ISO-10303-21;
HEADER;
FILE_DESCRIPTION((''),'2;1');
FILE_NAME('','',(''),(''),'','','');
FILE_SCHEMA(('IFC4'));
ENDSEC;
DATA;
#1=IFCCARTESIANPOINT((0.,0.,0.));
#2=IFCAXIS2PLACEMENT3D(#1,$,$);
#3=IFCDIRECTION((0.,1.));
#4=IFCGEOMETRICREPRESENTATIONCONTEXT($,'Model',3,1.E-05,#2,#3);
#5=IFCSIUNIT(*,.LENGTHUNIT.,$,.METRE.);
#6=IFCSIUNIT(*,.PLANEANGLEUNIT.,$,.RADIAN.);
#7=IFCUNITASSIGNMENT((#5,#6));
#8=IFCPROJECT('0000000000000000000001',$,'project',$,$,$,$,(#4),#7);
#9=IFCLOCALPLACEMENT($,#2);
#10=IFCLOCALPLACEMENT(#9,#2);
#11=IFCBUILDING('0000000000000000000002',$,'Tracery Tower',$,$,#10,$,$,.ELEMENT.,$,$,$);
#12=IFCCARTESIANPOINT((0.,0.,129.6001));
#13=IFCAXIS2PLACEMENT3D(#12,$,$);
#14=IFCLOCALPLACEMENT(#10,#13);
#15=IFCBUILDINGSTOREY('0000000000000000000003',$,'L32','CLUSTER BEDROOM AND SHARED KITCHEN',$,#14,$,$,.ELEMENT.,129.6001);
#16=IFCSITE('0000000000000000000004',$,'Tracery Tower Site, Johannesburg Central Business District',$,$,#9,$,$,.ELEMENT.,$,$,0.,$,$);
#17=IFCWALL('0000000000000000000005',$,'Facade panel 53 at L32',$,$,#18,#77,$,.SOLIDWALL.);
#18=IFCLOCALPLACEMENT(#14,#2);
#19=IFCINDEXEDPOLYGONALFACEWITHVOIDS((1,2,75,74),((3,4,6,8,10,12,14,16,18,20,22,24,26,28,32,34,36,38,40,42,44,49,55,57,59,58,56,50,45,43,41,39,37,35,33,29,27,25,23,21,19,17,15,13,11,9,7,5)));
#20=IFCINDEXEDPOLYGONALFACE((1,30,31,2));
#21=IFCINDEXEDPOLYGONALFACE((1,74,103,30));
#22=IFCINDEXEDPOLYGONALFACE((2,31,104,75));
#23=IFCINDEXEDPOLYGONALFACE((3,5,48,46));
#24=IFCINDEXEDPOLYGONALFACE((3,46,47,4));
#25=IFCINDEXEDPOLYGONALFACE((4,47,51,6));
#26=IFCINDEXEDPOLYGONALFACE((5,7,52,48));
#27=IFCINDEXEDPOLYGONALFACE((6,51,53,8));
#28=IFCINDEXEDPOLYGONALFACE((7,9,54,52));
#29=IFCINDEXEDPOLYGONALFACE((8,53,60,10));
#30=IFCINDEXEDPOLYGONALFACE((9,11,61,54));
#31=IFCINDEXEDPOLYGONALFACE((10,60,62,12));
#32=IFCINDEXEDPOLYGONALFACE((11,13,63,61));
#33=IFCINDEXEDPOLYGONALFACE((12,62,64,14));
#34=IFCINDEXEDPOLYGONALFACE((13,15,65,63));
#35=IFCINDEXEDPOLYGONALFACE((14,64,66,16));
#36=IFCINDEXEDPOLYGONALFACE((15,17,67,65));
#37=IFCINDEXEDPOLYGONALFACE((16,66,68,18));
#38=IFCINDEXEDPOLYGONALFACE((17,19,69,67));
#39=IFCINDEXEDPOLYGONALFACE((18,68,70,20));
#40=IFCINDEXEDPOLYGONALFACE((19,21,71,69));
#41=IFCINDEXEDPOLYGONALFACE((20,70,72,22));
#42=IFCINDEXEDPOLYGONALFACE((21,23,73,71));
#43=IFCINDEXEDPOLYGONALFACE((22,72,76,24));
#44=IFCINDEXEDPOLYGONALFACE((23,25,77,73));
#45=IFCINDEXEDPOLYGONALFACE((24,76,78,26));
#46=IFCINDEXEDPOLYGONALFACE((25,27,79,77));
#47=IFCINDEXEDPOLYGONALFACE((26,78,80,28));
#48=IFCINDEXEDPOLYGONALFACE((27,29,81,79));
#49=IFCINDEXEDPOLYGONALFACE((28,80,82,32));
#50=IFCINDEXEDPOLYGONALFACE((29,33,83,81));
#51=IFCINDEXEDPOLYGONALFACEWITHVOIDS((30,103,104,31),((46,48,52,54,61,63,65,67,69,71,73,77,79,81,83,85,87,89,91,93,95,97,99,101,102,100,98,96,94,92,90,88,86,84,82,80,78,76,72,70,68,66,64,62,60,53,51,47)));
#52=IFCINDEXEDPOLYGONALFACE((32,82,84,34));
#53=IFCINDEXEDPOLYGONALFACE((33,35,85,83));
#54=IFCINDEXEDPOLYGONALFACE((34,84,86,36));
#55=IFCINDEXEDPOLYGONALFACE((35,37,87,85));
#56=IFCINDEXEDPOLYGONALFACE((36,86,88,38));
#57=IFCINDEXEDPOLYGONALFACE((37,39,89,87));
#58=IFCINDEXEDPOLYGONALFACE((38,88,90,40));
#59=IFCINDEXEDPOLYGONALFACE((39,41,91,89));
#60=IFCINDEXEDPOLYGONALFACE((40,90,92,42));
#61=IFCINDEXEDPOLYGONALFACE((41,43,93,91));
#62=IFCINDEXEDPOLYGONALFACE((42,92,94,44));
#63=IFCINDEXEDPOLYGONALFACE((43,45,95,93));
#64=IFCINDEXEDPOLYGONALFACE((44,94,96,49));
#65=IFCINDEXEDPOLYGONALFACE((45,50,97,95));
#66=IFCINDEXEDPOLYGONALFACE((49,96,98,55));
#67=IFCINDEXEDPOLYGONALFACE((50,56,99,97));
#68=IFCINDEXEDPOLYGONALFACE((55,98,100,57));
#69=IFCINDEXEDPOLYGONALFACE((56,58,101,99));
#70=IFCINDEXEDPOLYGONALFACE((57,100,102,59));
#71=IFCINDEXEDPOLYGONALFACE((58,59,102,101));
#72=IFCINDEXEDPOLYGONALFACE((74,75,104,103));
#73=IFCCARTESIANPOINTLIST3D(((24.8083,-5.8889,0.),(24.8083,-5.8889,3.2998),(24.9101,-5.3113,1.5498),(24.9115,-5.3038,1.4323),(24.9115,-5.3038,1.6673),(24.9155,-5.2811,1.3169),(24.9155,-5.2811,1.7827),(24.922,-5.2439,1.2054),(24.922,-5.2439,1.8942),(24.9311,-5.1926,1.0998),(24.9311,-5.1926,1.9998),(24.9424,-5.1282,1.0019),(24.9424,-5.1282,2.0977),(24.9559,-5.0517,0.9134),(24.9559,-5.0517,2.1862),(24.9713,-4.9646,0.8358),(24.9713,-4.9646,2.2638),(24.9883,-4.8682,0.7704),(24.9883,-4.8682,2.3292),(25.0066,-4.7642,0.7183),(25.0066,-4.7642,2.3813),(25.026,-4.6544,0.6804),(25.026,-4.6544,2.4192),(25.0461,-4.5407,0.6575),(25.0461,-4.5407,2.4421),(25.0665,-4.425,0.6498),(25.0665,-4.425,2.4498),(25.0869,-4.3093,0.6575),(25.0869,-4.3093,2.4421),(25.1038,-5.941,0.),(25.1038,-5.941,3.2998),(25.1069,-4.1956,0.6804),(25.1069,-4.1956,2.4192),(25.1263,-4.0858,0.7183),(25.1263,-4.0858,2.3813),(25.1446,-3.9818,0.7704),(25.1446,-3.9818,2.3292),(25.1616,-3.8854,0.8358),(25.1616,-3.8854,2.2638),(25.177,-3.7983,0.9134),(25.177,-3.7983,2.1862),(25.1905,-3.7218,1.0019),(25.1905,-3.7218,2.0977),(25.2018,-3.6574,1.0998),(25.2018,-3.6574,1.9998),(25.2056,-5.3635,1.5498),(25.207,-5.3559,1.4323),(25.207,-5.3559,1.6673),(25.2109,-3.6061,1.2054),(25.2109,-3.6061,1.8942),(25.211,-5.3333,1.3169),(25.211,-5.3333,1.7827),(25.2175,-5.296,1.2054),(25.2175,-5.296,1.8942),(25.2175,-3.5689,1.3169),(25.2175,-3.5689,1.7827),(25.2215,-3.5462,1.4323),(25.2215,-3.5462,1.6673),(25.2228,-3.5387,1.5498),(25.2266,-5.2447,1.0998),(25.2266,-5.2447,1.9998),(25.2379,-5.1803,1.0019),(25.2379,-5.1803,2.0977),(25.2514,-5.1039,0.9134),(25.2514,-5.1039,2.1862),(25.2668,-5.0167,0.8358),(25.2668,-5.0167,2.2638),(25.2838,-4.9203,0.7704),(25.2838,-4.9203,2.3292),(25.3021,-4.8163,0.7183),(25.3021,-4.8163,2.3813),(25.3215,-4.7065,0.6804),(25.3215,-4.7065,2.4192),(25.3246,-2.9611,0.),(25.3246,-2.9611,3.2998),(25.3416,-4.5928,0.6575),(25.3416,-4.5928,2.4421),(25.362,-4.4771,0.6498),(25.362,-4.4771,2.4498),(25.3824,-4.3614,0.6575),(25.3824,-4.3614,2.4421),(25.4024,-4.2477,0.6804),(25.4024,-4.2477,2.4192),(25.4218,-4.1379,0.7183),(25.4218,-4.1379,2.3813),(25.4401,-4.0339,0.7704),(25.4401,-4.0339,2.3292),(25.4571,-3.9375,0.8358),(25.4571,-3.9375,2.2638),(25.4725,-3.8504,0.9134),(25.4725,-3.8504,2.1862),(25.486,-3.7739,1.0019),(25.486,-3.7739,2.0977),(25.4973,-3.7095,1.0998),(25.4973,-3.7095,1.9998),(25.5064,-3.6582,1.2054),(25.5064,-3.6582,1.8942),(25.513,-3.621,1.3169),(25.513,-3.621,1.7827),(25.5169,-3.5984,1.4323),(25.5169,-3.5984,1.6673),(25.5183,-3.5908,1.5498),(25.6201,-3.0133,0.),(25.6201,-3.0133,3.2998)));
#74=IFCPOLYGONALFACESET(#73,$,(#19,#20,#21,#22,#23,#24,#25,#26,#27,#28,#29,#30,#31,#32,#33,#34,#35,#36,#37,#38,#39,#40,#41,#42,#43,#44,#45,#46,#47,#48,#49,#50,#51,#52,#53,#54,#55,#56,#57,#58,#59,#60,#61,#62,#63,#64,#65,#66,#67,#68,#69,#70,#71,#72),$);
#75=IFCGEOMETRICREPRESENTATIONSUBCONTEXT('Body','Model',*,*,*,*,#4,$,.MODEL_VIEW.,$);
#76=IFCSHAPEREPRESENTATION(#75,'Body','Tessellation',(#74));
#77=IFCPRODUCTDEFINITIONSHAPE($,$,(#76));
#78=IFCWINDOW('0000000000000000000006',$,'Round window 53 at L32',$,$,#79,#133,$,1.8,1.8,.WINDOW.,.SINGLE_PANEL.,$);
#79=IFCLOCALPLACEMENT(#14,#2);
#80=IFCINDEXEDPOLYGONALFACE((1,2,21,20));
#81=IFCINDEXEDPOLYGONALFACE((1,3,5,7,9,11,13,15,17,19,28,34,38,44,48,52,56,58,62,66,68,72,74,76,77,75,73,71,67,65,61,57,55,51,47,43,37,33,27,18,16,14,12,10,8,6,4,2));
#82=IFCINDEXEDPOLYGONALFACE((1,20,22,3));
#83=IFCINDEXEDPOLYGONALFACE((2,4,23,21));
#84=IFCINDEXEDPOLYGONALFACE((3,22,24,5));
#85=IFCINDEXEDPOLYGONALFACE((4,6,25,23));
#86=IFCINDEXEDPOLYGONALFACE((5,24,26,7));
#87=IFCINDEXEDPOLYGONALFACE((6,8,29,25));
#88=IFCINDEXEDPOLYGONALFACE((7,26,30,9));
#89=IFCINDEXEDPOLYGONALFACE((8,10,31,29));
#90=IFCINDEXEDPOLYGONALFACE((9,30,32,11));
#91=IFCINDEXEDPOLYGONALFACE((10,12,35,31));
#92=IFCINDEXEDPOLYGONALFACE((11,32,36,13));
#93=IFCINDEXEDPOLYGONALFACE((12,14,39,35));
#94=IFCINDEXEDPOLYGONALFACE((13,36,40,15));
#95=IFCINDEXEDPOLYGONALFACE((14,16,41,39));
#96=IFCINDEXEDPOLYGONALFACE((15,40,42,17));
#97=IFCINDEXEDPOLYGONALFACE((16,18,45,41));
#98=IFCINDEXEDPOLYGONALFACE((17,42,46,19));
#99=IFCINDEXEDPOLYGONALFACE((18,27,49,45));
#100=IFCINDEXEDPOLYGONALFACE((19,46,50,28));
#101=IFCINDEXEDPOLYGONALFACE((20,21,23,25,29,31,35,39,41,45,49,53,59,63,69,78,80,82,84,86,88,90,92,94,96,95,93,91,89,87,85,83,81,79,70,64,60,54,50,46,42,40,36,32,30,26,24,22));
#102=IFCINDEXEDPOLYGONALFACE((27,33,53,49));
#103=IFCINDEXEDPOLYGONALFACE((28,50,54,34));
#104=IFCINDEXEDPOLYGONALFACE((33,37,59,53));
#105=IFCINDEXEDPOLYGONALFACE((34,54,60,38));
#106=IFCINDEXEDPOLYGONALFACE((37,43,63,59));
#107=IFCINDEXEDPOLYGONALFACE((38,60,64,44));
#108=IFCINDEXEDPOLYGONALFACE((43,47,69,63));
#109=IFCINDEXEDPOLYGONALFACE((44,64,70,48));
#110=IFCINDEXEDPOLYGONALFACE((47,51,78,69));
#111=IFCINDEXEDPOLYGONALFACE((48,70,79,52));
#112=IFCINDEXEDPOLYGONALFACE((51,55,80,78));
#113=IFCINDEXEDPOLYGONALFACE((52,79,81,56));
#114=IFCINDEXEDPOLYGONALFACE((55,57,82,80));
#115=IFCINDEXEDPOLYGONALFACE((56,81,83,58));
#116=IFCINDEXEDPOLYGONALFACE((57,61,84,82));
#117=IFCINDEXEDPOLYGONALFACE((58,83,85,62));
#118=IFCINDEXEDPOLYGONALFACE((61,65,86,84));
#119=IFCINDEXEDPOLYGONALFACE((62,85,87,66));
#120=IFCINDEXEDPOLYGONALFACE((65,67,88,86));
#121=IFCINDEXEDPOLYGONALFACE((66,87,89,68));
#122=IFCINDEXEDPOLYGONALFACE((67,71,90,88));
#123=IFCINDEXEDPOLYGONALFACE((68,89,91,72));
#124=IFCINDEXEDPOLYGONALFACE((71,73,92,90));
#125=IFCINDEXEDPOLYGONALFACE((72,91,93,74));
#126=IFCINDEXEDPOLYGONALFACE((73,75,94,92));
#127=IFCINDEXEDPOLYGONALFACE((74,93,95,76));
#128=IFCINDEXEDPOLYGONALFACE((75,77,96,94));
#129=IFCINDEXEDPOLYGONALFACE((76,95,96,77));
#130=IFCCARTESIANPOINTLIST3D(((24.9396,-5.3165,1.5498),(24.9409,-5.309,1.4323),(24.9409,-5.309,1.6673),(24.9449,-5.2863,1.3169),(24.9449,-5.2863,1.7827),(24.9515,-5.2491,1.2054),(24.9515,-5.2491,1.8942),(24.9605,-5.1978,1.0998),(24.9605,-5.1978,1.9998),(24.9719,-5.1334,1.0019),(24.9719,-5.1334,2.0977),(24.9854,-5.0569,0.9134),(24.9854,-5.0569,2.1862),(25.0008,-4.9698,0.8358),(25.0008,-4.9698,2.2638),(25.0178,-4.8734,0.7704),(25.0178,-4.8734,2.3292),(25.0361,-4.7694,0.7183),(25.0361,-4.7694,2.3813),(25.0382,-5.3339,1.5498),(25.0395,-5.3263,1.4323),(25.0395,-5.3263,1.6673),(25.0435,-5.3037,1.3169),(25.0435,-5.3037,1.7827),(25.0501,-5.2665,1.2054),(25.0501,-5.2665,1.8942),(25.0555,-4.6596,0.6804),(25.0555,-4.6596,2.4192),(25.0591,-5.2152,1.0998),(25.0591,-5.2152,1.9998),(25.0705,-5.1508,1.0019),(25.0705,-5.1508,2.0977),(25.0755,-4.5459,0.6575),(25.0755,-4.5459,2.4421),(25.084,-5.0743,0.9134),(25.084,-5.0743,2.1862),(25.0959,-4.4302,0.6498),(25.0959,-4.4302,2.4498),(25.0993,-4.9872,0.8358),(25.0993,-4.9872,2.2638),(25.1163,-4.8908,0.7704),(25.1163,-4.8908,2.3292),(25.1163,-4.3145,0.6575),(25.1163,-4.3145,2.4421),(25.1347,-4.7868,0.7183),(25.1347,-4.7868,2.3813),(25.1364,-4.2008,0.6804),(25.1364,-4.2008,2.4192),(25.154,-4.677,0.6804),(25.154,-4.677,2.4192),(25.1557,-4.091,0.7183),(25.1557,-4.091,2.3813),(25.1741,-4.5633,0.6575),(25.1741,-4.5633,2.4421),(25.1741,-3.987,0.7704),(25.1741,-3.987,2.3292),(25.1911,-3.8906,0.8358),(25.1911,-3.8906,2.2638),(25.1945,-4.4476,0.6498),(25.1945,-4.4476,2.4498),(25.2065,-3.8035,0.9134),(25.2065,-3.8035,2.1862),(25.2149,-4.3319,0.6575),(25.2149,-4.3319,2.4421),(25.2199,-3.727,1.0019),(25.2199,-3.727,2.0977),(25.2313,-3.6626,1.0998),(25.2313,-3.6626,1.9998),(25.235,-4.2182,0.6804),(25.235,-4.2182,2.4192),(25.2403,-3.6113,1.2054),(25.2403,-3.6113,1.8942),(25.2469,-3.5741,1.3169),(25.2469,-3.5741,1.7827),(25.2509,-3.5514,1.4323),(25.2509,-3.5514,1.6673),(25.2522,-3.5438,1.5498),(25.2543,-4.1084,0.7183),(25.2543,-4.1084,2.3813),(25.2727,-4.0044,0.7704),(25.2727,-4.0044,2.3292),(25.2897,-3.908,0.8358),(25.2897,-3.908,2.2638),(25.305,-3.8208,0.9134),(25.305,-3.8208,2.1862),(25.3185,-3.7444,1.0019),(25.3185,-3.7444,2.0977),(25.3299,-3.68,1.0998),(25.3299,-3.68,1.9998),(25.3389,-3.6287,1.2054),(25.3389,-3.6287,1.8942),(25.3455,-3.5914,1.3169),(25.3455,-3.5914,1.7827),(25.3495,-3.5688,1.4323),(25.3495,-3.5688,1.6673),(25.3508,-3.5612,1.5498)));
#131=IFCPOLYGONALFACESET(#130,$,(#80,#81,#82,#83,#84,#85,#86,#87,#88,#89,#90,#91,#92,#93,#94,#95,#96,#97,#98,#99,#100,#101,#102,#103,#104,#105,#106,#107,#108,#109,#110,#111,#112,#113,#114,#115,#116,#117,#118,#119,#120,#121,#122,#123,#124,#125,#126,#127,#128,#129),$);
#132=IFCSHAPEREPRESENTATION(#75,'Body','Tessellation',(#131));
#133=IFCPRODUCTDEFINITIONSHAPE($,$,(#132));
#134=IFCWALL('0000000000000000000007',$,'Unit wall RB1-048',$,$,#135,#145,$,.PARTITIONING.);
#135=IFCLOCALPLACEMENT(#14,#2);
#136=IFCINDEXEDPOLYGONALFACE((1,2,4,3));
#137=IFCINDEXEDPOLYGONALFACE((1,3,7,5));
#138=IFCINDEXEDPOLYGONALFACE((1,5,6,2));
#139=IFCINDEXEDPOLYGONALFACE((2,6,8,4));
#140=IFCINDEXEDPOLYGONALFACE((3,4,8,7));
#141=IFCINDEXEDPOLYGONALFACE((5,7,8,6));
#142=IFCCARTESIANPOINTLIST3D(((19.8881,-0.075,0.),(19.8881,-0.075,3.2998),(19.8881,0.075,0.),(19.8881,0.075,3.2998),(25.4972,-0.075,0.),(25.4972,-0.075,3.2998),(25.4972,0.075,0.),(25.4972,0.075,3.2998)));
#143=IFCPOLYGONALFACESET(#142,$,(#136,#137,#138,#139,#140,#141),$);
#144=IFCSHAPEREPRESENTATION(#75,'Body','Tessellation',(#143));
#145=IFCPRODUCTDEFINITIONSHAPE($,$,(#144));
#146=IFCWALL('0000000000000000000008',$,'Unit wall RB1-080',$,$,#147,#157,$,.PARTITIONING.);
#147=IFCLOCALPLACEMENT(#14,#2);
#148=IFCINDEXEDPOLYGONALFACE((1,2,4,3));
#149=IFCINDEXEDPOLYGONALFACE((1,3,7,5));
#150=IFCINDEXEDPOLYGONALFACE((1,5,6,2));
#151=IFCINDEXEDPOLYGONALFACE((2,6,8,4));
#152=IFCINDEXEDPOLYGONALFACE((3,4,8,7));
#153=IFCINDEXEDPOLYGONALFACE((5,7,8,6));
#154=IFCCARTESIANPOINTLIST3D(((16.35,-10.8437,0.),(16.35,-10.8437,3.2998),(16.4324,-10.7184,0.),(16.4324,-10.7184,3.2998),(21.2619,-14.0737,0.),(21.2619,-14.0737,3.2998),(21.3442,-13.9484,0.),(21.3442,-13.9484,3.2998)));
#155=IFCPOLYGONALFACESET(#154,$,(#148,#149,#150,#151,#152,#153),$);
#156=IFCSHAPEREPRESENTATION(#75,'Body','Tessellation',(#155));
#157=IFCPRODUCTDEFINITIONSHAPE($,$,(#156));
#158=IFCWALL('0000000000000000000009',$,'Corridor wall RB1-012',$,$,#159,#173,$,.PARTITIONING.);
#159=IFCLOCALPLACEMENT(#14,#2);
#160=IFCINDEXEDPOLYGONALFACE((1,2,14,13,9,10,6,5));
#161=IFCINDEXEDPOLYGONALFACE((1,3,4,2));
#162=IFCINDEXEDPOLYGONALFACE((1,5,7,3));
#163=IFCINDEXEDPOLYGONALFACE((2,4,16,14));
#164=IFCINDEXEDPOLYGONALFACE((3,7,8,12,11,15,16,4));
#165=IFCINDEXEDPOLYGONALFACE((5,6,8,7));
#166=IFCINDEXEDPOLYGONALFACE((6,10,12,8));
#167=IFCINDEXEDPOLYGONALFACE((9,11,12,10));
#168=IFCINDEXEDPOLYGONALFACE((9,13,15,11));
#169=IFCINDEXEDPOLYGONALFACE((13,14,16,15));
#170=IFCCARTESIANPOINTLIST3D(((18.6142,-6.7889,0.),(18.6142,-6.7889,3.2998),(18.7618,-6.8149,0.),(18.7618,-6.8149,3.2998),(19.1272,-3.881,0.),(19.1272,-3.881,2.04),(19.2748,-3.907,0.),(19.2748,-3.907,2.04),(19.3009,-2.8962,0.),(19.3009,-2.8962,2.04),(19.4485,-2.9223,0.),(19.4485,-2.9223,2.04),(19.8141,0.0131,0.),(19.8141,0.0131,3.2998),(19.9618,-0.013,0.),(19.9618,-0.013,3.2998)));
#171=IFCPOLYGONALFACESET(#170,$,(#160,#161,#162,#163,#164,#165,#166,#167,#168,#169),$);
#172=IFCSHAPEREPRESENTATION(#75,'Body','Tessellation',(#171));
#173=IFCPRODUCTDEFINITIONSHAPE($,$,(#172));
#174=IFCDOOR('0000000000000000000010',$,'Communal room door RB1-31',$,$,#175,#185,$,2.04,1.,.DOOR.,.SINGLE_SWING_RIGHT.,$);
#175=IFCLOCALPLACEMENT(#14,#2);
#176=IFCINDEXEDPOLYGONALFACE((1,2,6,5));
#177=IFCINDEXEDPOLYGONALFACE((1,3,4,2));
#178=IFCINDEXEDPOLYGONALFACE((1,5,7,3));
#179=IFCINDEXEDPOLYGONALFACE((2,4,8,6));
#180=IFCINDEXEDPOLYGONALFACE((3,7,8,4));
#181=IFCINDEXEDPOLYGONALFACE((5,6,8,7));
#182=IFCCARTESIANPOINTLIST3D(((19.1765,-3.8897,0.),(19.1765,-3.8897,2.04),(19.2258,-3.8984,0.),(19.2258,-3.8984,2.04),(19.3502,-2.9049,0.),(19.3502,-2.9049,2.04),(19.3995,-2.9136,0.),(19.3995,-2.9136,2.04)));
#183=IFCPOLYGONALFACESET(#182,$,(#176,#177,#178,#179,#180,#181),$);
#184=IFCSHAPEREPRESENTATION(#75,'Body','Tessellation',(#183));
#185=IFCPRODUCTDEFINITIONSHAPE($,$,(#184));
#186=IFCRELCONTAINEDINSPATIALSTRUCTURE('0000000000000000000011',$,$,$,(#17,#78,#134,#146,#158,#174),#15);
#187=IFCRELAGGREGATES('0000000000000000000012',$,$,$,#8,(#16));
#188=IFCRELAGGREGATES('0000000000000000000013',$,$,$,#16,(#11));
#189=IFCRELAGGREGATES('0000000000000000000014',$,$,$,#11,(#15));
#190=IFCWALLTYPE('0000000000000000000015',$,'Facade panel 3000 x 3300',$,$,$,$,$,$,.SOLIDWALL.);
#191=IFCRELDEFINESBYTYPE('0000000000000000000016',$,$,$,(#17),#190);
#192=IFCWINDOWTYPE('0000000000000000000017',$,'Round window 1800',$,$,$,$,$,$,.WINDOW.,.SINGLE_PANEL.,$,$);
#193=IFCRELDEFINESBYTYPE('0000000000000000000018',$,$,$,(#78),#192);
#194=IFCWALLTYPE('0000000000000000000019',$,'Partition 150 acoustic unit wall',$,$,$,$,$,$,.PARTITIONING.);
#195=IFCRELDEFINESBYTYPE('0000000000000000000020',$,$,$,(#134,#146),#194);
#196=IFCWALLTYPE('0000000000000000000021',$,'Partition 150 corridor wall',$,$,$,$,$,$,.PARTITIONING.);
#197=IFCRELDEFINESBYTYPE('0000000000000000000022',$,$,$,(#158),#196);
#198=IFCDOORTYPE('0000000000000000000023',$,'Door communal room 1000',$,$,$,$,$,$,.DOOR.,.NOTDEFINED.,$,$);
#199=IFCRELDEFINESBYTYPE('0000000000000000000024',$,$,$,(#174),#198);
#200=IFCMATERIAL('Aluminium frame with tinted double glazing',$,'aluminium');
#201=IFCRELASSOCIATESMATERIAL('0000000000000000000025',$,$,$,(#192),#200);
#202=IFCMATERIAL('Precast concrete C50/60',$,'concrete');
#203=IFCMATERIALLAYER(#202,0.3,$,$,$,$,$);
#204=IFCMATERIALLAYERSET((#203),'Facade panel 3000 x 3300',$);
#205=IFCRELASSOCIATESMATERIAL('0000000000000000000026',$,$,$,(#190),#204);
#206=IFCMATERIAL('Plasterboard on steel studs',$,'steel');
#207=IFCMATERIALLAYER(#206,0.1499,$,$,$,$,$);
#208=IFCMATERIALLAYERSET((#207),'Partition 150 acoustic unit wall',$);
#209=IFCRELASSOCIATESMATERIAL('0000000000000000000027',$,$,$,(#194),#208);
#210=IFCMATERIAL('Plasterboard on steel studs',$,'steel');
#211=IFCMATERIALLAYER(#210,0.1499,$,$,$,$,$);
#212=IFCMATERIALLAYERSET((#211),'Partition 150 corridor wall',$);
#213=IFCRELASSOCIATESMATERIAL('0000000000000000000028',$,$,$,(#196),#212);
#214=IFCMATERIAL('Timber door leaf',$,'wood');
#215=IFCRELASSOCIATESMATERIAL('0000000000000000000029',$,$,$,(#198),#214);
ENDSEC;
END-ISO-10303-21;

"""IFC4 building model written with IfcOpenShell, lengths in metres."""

from ifc_helpers import new_model, si_unit, direction, frame, frame_2d, origin, origin_2d, place, context, subcontext, project, spatial, rectangle, circle, extrude, material, layer, layer_set, type_object, element, fill, save


model = new_model("IFC4")

# Units and contexts
model_context = context("Model", 3, precision=1e-05, world=origin(), true_north=direction((0.0, 1.0)))
body_context = subcontext(model_context, "Body", "Model", "MODEL_VIEW")
ifc_project = project(units=[si_unit("LENGTHUNIT", "METRE"), si_unit("PLANEANGLEUNIT", "RADIAN")], contexts=[model_context])

# Site, building, storey
site_placement = place(None, origin())
site = spatial("IfcSite", under=ifc_project, at=site_placement, Name="Tracery Tower Site, Johannesburg Central Business District", CompositionType="ELEMENT", RefElevation=0.0)
building_placement = place(site_placement, origin())
building = spatial("IfcBuilding", under=site, at=building_placement, Name="Tracery Tower", CompositionType="ELEMENT")
storey_placement = place(building_placement, frame((0.0, 0.0, 129.6001)))
storey = spatial("IfcBuildingStorey", under=building, at=storey_placement, Name="L32", Description="CLUSTER BEDROOM AND SHARED KITCHEN", CompositionType="ELEMENT", Elevation=129.6001)

# Wall, opening, window
ifc_material_1 = material(Name="Aluminium frame with tinted double glazing", Category="aluminium")
window_type = type_object("IfcWindowType", Name="Round window 1800", PartitioningType="SINGLE_PANEL", PredefinedType="WINDOW", material=ifc_material_1)
ifc_material_2 = material(Name="Precast concrete C50/60", Category="concrete")
ifc_layer_1 = layer(ifc_material_2, 0.3)
ifc_layer_set_1 = layer_set([ifc_layer_1], Name="Facade panel 3000 x 3300")
wall_type_1 = type_object("IfcWallType", Name="Facade panel 3000 x 3300", PredefinedType="SOLIDWALL", material=ifc_layer_set_1)
wall_1_placement = place(storey_placement, frame((24.9561, -5.9148, 0.0), z_axis=(0.0, 0.0, 1.0), x_axis=(0.173687, 0.984801, 0.0)))
wall_1 = element("IfcWall", 1, at=wall_1_placement, inside=storey, type_object=wall_type_1, Name="Facade panel 53 at L32", PredefinedType="SOLIDWALL", context=body_context, shape_type="SweptSolid", body=[
    extrude(rectangle(XDim=2.9729, YDim=0.3, at=frame_2d((1.4863, 0.0))), origin(), (0.0, 0.0, 1.0), 3.2998),
])
opening_1_placement = place(wall_1_placement, frame((1.4863, 0.0, 1.5498)))
opening_1 = element("IfcOpeningElement", 2, at=opening_1_placement, cuts=wall_1, PredefinedType="OPENING", context=body_context, shape_type="SweptSolid", body=[
    extrude(circle(Radius=0.9, at=origin_2d()), frame((0.0, 0.1599, 0.0), z_axis=(0.0, -1.0, 0.0), x_axis=(1.0, 0.0, 0.0)), (0.0, 0.0, 1.0), 0.3201),
])
window_1_placement = place(opening_1_placement, origin())
window_1 = element("IfcWindow", 3, at=window_1_placement, inside=storey, type_object=window_type, Name="Round window 53 at L32", OverallHeight=1.8, OverallWidth=1.8, PartitioningType="SINGLE_PANEL", PredefinedType="WINDOW", context=body_context, shape_type="SweptSolid", body=[
    extrude(circle(Radius=0.9, at=origin_2d()), frame((0.0, 0.1201, 0.0), z_axis=(0.0, -1.0, 0.0), x_axis=(1.0, 0.0, 0.0)), (0.0, 0.0, 1.0), 0.1001),
])
fill(opening_1, window_1)

# Walls
ifc_material_3 = material(Name="Plasterboard on steel studs", Category="steel")
ifc_layer_2 = layer(ifc_material_3, 0.1499)
ifc_layer_set_2 = layer_set([ifc_layer_2], Name="Partition 150 acoustic unit wall")
wall_type_2 = type_object("IfcWallType", Name="Partition 150 acoustic unit wall", PredefinedType="PARTITIONING", material=ifc_layer_set_2)
wall_2_placement = place(storey_placement, frame((19.8879, 0.0, 0.0), z_axis=(0.0, 0.0, 1.0), x_axis=(1.0, 0.0, 0.0)))
element("IfcWall", 4, at=wall_2_placement, inside=storey, type_object=wall_type_2, Name="Unit wall RB1-048", PredefinedType="PARTITIONING", context=body_context, shape_type="SweptSolid", body=[
    extrude(rectangle(XDim=5.6091, YDim=0.1499, at=frame_2d((2.8047, 0.0))), origin(), (0.0, 0.0, 1.0), 3.2998),
])
wall_3_placement = place(storey_placement, frame((16.3911, -10.781, 0.0), z_axis=(0.0, 0.0, 1.0), x_axis=(0.835535, -0.549437, 0.0)))
element("IfcWall", 5, at=wall_3_placement, inside=storey, type_object=wall_type_2, Name="Unit wall RB1-080", PredefinedType="PARTITIONING", context=body_context, shape_type="SweptSolid", body=[
    extrude(rectangle(XDim=5.8787, YDim=0.1499, at=frame_2d((2.9395, 0.0))), origin(), (0.0, 0.0, 1.0), 3.2998),
])

# Wall, opening, door
ifc_material_4 = material(Name="Plasterboard on steel studs", Category="steel")
ifc_layer_3 = layer(ifc_material_4, 0.1499)
ifc_layer_set_3 = layer_set([ifc_layer_3], Name="Partition 150 corridor wall")
wall_type_3 = type_object("IfcWallType", Name="Partition 150 corridor wall", PredefinedType="PARTITIONING", material=ifc_layer_set_3)
wall_4_placement = place(storey_placement, frame((18.688, -6.802, 0.0), z_axis=(0.0, 0.0, 1.0), x_axis=(0.173729, 0.984794, 0.0)))
wall_4 = element("IfcWall", 6, at=wall_4_placement, inside=storey, type_object=wall_type_3, Name="Corridor wall RB1-012", PredefinedType="PARTITIONING", context=body_context, shape_type="SweptSolid", body=[
    extrude(rectangle(XDim=6.907, YDim=0.1499, at=frame_2d((3.4536, 0.0))), origin(), (0.0, 0.0, 1.0), 3.2998),
])
opening_2_placement = place(wall_4_placement, frame((2.9529, 0.0, 0.0)))
opening_2 = element("IfcOpeningElement", 7, at=opening_2_placement, cuts=wall_4, PredefinedType="OPENING", context=body_context, shape_type="SweptSolid", body=[
    extrude(rectangle(XDim=1.0, YDim=2.04, at=frame_2d((0.5, 1.02))), frame((0.0, 0.075, 0.0), z_axis=(0.0, -1.0, 0.0), x_axis=(1.0, 0.0, 0.0)), (0.0, 0.0, 1.0), 0.1499),
])
ifc_material_5 = material(Name="Timber door leaf", Category="wood")
door_type_1 = type_object("IfcDoorType", Name="Door communal room 1000", OperationType="NOTDEFINED", PredefinedType="DOOR", material=ifc_material_5)
door_1_placement = place(opening_2_placement, origin())
door_1 = element("IfcDoor", 8, at=door_1_placement, inside=storey, type_object=door_type_1, Name="Communal room door RB1-31", OperationType="SINGLE_SWING_RIGHT", OverallHeight=2.04, OverallWidth=1.0, PredefinedType="DOOR", context=body_context, shape_type="SweptSolid", body=[
    extrude(rectangle(XDim=1.0, YDim=2.04, at=frame_2d((0.5, 1.02))), frame((0.0, 0.0249, 0.0), z_axis=(0.0, -1.0, 0.0), x_axis=(1.0, 0.0, 0.0)), (0.0, 0.0, 1.0), 0.05),
])
fill(opening_2, door_1)

save(model, "model.ifc")
